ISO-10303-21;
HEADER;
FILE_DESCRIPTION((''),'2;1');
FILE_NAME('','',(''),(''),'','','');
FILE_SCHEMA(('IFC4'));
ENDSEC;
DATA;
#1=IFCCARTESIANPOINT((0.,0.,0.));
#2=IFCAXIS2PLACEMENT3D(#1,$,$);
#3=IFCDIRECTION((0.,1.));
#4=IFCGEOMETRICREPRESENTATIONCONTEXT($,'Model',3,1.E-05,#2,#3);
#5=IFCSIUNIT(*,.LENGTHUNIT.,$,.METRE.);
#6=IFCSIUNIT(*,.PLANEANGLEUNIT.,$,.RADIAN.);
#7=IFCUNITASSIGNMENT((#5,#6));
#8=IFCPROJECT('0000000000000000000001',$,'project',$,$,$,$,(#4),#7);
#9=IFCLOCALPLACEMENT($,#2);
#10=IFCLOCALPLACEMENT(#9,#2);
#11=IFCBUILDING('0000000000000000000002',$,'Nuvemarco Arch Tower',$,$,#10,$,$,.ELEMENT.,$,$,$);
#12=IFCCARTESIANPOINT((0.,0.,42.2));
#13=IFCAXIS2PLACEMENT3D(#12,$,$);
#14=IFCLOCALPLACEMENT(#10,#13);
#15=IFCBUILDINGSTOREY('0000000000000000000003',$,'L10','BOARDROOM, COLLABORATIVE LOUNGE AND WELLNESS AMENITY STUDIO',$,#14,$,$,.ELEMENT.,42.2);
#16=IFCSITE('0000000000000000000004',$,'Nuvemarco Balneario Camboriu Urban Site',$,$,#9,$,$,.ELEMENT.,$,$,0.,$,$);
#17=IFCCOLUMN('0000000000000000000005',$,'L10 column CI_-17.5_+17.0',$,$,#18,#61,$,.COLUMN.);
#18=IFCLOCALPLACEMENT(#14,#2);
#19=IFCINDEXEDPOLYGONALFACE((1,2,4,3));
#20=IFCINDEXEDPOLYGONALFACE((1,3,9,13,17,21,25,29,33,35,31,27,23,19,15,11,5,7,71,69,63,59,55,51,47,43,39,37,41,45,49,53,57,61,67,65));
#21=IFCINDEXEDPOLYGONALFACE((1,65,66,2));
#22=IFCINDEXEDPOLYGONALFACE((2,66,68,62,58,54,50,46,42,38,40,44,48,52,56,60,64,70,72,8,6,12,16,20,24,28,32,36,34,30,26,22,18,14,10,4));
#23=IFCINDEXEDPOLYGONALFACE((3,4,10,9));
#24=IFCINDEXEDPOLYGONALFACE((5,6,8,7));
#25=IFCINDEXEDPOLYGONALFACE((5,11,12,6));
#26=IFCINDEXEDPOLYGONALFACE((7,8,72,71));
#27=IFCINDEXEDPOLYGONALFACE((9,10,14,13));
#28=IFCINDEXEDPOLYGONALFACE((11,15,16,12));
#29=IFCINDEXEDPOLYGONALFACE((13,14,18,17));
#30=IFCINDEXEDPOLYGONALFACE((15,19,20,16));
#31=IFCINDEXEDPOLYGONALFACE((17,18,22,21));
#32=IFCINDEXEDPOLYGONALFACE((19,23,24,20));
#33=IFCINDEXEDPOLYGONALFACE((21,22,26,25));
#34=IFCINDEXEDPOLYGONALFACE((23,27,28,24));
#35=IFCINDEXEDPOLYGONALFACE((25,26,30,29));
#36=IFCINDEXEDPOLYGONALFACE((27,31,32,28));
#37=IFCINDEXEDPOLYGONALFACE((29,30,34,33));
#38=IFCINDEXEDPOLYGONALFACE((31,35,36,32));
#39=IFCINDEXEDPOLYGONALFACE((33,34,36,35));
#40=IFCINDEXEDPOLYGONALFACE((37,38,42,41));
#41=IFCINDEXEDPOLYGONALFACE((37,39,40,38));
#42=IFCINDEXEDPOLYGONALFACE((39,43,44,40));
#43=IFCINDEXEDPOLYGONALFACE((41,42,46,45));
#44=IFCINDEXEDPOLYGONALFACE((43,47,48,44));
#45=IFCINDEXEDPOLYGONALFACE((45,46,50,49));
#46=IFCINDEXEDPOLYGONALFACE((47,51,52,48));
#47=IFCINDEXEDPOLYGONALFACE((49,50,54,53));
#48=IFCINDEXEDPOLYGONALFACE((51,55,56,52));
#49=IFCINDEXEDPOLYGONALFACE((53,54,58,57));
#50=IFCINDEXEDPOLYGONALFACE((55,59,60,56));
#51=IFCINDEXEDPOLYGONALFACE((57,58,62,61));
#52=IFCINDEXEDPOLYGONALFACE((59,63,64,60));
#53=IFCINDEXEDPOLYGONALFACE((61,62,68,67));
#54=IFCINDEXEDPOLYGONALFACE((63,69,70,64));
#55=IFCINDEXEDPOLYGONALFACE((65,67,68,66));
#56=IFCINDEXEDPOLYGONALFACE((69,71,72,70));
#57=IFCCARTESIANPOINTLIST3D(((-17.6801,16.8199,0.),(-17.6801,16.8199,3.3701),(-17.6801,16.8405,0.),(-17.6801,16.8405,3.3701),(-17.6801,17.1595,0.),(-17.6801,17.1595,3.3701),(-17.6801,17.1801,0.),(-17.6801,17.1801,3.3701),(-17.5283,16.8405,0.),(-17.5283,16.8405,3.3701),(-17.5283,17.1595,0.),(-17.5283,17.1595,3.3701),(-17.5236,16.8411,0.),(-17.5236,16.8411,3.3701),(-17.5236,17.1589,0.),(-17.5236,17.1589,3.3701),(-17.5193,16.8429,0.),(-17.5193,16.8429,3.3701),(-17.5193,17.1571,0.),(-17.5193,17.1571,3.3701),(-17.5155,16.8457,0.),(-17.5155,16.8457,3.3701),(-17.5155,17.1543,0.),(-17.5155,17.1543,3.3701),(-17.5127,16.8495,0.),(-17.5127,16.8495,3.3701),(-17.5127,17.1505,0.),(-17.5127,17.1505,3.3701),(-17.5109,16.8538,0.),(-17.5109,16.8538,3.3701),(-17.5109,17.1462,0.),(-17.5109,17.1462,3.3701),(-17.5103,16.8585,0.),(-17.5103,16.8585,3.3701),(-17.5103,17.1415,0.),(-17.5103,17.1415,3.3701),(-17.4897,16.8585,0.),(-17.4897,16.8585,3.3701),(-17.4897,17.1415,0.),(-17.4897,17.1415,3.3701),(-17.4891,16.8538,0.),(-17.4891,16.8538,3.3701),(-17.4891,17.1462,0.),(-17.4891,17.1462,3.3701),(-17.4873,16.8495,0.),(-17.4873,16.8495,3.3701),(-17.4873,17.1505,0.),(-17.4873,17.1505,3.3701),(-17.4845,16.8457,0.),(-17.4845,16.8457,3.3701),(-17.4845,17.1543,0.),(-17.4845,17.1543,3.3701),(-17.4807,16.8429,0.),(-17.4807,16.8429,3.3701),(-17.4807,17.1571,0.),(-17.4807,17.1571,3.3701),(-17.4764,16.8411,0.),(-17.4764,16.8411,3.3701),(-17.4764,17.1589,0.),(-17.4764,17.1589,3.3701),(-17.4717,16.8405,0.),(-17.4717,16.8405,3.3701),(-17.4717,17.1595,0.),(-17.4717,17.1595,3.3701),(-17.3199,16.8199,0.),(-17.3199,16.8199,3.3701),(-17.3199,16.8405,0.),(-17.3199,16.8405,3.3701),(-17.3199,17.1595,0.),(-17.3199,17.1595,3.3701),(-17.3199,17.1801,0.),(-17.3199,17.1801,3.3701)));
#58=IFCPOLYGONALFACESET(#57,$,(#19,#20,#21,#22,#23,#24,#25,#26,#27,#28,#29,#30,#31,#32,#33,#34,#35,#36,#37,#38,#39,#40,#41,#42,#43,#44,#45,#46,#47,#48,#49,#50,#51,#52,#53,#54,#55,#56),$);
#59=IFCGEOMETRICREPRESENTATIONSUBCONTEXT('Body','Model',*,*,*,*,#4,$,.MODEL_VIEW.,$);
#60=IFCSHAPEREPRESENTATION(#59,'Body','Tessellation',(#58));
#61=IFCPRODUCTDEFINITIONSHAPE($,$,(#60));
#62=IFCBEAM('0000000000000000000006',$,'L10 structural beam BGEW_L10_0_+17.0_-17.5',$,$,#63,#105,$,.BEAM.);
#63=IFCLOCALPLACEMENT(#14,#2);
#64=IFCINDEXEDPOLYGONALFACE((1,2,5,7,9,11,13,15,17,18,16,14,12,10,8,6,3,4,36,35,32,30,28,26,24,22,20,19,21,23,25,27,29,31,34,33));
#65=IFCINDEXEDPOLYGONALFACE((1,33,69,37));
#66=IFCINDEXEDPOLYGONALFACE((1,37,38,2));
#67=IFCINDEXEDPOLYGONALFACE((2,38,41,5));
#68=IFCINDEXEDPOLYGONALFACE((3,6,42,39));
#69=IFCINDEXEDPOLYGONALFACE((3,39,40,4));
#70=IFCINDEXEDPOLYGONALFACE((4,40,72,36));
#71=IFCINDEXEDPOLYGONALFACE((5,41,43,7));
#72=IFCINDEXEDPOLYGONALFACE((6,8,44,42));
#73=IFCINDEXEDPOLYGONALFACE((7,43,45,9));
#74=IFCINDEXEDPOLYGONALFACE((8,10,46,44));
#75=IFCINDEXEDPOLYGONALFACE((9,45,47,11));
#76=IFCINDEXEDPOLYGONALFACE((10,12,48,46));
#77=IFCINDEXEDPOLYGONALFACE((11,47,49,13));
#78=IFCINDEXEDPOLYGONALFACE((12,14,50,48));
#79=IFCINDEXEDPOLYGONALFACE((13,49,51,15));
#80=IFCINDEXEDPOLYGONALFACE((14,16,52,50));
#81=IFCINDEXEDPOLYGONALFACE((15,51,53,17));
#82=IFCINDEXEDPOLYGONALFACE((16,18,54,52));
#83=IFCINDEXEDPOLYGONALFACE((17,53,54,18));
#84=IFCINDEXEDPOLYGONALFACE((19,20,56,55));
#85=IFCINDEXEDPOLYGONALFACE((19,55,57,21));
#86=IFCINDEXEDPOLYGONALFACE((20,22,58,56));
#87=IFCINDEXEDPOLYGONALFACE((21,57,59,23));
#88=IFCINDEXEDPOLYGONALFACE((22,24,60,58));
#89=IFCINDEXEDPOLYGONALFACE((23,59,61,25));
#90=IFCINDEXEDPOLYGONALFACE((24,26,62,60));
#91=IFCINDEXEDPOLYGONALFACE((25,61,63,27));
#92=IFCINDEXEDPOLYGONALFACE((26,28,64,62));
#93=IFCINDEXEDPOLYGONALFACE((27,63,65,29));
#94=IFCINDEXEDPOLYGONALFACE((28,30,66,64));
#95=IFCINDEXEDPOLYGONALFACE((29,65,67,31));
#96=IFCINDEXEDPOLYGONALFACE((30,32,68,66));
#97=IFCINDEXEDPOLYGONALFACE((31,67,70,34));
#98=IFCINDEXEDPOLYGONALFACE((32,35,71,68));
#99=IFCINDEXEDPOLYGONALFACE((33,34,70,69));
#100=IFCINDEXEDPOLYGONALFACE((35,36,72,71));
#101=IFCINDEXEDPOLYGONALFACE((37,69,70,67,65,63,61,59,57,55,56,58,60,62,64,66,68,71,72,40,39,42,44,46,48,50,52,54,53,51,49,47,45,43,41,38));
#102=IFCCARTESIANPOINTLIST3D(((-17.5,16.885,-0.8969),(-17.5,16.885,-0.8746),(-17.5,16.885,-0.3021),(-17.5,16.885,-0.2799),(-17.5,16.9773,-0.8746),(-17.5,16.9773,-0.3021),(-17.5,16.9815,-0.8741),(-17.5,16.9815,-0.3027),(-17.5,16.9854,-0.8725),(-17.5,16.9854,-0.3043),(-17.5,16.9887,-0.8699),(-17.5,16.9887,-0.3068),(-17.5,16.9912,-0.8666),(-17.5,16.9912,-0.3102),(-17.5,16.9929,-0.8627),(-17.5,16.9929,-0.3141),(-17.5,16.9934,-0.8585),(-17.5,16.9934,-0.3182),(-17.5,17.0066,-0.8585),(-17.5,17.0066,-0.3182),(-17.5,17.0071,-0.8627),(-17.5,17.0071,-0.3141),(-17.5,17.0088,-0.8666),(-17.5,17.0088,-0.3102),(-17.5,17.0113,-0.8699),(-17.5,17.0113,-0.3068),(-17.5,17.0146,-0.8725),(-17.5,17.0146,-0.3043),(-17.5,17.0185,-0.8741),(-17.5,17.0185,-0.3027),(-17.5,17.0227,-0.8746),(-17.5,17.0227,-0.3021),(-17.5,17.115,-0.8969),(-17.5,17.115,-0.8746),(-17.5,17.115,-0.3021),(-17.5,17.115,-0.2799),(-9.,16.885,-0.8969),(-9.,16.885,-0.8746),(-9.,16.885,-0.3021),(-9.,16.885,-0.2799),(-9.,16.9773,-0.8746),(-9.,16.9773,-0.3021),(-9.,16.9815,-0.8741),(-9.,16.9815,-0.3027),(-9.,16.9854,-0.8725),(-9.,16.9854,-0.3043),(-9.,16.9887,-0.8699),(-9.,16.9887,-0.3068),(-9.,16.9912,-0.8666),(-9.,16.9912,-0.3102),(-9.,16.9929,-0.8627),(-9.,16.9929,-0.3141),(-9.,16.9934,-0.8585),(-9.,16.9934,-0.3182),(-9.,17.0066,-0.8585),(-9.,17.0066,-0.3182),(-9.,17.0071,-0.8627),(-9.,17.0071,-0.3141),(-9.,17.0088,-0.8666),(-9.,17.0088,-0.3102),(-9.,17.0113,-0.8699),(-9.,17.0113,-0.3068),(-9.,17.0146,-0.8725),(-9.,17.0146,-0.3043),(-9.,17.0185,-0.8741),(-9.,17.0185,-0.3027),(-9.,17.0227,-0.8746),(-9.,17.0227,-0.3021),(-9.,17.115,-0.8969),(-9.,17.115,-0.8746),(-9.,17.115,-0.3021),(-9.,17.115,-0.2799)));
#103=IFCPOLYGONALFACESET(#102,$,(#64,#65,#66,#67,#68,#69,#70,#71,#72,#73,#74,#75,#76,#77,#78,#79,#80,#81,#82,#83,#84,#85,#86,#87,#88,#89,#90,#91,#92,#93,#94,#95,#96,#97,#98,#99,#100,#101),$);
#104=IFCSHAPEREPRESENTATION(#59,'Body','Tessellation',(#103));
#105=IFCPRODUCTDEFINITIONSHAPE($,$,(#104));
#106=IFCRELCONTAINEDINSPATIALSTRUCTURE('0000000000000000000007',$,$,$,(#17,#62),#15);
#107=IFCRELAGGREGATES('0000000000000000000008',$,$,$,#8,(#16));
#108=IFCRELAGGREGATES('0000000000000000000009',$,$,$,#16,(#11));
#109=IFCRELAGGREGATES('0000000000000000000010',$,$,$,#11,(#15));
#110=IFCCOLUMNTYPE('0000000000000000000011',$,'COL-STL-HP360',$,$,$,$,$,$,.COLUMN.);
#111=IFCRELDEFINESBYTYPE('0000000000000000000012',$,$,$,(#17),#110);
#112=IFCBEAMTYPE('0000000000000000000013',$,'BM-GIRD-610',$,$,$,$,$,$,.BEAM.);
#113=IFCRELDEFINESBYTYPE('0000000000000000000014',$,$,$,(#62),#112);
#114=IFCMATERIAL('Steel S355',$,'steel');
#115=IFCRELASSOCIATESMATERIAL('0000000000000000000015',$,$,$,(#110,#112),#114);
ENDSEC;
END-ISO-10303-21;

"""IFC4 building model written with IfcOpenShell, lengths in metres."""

from ifc_helpers import new_model, si_unit, direction, frame, origin, origin_2d, place, context, subcontext, project, spatial, i_section, extrude, material, material_profile, profile_set, type_object, element, save


model = new_model("IFC4")

# Units and contexts
model_context = context("Model", 3, precision=1e-05, world=origin(), true_north=direction((0.0, 1.0)))
body_context = subcontext(model_context, "Body", "Model", "MODEL_VIEW")
ifc_project = project(units=[si_unit("LENGTHUNIT", "METRE"), si_unit("PLANEANGLEUNIT", "RADIAN")], contexts=[model_context])

# Site, building, storey
site_placement = place(None, origin())
site = spatial("IfcSite", under=ifc_project, at=site_placement, Name="Nuvemarco Balneario Camboriu Urban Site", CompositionType="ELEMENT", RefElevation=0.0)
building_placement = place(site_placement, origin())
building = spatial("IfcBuilding", under=site, at=building_placement, Name="Nuvemarco Arch Tower", CompositionType="ELEMENT")
storey_placement = place(building_placement, frame((0.0, 0.0, 42.2)))
storey = spatial("IfcBuildingStorey", under=building, at=storey_placement, Name="L10", Description="BOARDROOM, COLLABORATIVE LOUNGE AND WELLNESS AMENITY STUDIO", CompositionType="ELEMENT", Elevation=42.2)

# Column
ifc_material_1 = material(Name="Steel S355", Category="steel")
ifc_material_profile_1 = material_profile(ifc_material_1, i_section(OverallWidth=0.3601, OverallDepth=0.3601, WebThickness=0.0205, FlangeThickness=0.0205, FilletRadius=0.0181, at=origin_2d()), Name="HP360x174")
ifc_profile_set_1 = profile_set([ifc_material_profile_1], Name="Steel S355")
column_type = type_object("IfcColumnType", Name="COL-STL-HP360", PredefinedType="COLUMN", material=ifc_profile_set_1)
column_placement = place(storey_placement, frame((-17.5, 17.0, 0.0), z_axis=(0.0, 0.0, 1.0), x_axis=(1.0, 0.0, 0.0)))
element("IfcColumn", 1, at=column_placement, inside=storey, type_object=column_type, Name="L10 column CI_-17.5_+17.0", PredefinedType="COLUMN", context=body_context, shape_type="SweptSolid", body=[
    extrude(i_section(OverallWidth=0.3601, OverallDepth=0.3601, WebThickness=0.0205, FlangeThickness=0.0205, FilletRadius=0.0181, at=origin_2d()), origin(), (0.0, 0.0, 1.0), 3.3701),
])

# Beam
ifc_material_profile_2 = material_profile(ifc_material_1, i_section(OverallWidth=0.23, OverallDepth=0.6169, WebThickness=0.0132, FlangeThickness=0.0222, FilletRadius=0.0161, at=origin_2d()), Name="W610x140")
ifc_profile_set_2 = profile_set([ifc_material_profile_2], Name="Steel S355")
beam_type = type_object("IfcBeamType", Name="BM-GIRD-610", PredefinedType="BEAM", material=ifc_profile_set_2)
beam_placement = place(storey_placement, frame((-17.5, 17.0, -0.5884), z_axis=(1.0, 0.0, 0.0), x_axis=(0.0, 1.0, 0.0)))
element("IfcBeam", 2, at=beam_placement, inside=storey, type_object=beam_type, Name="L10 structural beam BGEW_L10_0_+17.0_-17.5", PredefinedType="BEAM", context=body_context, shape_type="SweptSolid", body=[
    extrude(i_section(OverallWidth=0.23, OverallDepth=0.6169, WebThickness=0.0132, FlangeThickness=0.0222, FilletRadius=0.0161, at=origin_2d()), origin(), (0.0, 0.0, 1.0), 8.5),
])

save(model, "model.ifc")
